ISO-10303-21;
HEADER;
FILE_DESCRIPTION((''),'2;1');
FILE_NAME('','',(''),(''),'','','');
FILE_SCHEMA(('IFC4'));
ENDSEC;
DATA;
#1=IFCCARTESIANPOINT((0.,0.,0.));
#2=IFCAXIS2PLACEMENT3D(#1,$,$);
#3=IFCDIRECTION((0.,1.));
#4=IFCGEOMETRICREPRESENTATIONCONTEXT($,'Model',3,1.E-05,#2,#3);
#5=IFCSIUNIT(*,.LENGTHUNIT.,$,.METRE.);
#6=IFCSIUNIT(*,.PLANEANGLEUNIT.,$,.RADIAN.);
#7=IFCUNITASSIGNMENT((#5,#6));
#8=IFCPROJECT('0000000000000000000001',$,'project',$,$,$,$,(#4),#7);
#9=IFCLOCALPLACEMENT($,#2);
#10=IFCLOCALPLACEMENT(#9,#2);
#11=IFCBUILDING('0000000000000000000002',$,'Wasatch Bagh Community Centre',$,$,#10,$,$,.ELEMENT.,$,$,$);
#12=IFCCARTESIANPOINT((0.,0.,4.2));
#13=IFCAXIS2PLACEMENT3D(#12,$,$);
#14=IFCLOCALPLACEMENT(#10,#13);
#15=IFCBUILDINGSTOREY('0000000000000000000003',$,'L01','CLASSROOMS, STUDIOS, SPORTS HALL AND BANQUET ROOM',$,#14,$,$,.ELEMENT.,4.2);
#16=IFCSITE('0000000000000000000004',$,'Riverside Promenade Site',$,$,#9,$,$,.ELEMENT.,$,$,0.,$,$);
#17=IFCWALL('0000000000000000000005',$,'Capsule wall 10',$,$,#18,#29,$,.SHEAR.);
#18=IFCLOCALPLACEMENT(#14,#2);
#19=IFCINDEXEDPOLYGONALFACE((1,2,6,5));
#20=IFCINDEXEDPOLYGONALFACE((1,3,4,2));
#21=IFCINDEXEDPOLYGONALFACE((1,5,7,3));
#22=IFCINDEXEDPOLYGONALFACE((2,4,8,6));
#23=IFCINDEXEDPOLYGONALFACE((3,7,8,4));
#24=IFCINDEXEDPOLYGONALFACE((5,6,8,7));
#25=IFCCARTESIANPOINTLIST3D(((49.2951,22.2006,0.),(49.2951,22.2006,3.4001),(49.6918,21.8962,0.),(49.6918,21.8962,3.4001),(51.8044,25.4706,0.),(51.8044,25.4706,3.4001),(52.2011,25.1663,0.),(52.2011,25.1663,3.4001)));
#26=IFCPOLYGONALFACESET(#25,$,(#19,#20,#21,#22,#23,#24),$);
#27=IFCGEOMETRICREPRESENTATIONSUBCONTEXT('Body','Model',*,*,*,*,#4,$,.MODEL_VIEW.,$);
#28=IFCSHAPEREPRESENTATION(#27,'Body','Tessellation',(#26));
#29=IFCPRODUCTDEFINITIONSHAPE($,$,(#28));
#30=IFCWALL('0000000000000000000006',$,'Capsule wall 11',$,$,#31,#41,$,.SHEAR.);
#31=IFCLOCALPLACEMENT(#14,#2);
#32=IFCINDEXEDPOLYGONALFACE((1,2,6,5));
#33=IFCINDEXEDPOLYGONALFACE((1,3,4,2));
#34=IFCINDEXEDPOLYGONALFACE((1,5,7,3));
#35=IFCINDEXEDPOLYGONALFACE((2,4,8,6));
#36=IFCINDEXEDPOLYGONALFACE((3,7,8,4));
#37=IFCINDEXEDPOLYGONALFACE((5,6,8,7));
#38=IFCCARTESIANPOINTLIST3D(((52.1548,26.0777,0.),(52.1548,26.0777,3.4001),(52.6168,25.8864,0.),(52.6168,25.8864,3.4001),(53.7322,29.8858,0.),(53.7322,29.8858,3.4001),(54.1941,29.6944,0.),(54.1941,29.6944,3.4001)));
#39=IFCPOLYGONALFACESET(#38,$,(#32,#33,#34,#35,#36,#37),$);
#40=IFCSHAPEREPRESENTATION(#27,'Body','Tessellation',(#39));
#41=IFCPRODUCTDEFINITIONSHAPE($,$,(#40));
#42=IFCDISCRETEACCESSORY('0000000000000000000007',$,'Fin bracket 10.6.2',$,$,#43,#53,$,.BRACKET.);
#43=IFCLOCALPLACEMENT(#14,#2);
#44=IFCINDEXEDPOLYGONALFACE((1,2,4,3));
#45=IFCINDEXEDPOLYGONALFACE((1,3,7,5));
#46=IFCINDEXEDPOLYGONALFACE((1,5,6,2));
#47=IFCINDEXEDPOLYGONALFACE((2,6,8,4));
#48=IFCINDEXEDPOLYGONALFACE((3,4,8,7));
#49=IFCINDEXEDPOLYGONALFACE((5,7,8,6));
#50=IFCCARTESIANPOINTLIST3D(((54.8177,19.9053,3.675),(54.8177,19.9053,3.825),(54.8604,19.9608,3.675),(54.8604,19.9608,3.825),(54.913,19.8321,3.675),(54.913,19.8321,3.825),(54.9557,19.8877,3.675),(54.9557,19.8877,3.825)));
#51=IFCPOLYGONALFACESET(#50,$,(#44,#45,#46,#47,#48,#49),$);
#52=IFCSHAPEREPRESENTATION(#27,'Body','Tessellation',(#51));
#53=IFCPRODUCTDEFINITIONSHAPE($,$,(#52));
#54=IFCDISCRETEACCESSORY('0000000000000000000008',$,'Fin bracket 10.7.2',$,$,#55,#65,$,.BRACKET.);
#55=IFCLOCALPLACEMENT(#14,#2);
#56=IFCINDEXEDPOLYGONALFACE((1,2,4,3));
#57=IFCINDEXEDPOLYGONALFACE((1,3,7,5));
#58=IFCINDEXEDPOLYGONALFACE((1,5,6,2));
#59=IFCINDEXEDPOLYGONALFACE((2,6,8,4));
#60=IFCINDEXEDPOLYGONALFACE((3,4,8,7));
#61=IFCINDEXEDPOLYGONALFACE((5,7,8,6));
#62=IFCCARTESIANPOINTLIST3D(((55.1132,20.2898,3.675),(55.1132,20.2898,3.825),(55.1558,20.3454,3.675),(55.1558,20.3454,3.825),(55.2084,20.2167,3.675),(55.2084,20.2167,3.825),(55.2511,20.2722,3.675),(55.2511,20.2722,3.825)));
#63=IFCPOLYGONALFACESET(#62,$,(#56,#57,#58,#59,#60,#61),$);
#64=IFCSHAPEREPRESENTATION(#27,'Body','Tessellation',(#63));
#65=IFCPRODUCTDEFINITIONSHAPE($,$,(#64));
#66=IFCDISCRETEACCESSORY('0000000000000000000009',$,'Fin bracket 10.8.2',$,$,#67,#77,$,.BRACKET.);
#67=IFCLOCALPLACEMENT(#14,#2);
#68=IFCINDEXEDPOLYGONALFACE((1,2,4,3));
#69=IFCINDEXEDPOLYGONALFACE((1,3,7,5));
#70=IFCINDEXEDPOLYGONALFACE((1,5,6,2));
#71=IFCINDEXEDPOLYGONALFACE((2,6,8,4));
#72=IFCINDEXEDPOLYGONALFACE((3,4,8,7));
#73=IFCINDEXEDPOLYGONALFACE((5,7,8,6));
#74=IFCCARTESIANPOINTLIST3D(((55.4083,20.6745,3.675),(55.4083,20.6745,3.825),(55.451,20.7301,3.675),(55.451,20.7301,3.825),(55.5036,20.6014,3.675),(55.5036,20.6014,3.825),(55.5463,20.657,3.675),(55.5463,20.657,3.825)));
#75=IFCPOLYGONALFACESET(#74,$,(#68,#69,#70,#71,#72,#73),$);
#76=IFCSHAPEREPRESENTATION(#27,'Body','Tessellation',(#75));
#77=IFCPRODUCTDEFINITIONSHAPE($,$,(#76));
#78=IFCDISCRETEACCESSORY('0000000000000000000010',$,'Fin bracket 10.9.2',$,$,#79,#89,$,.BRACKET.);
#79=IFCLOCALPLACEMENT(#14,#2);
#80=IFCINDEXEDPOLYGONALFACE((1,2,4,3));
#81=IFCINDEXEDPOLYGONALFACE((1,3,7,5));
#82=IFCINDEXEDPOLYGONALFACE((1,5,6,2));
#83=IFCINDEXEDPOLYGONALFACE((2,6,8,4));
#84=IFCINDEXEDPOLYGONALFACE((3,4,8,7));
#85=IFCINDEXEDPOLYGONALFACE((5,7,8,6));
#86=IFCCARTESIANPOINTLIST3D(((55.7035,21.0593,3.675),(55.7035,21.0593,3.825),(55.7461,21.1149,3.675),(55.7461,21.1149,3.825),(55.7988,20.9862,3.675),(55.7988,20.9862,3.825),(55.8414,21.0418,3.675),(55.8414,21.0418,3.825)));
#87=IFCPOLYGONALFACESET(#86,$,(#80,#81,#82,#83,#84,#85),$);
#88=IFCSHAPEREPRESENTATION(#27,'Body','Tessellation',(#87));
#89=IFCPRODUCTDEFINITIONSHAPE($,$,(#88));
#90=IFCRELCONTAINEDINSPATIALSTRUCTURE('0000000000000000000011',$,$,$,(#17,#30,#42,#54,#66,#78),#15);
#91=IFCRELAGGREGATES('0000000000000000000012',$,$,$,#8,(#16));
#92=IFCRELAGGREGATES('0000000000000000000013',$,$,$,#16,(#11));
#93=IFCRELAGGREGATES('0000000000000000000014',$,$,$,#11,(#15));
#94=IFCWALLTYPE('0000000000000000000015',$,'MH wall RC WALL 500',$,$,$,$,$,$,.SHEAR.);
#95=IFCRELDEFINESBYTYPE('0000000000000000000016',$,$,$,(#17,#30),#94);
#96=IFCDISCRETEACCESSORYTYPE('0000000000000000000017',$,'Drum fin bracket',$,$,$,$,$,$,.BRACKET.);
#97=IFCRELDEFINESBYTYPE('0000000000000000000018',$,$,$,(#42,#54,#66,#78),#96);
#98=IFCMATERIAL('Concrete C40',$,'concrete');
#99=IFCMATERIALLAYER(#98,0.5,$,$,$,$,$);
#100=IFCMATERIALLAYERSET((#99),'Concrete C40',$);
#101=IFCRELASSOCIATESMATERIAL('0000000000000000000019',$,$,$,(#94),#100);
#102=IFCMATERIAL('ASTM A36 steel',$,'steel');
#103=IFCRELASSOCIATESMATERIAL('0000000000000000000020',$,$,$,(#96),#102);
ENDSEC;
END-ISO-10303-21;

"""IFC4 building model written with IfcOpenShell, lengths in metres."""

from ifc_helpers import new_model, si_unit, direction, frame, frame_2d, origin, origin_2d, place, context, subcontext, project, spatial, rectangle, extrude, material, layer, layer_set, type_object, element, save


model = new_model("IFC4")

# Units and contexts
model_context = context("Model", 3, precision=1e-05, world=origin(), true_north=direction((0.0, 1.0)))
body_context = subcontext(model_context, "Body", "Model", "MODEL_VIEW")
ifc_project = project(units=[si_unit("LENGTHUNIT", "METRE"), si_unit("PLANEANGLEUNIT", "RADIAN")], contexts=[model_context])

# Site, building, storey
site_placement = place(None, origin())
site = spatial("IfcSite", under=ifc_project, at=site_placement, Name="Riverside Promenade Site", CompositionType="ELEMENT", RefElevation=0.0)
building_placement = place(site_placement, origin())
building = spatial("IfcBuilding", under=site, at=building_placement, Name="Wasatch Bagh Community Centre", CompositionType="ELEMENT")
storey_placement = place(building_placement, frame((0.0, 0.0, 4.2)))
storey = spatial("IfcBuildingStorey", under=building, at=storey_placement, Name="L01", Description="CLASSROOMS, STUDIOS, SPORTS HALL AND BANQUET ROOM", CompositionType="ELEMENT", Elevation=4.2)

# Shared definitions
ifc_material_1 = material(Name="Concrete C40", Category="concrete")

# Walls
ifc_layer_1 = layer(ifc_material_1, 0.5)
ifc_layer_set_1 = layer_set([ifc_layer_1], Name="Concrete C40")
wall_type_1 = type_object("IfcWallType", Name="MH wall RC WALL 500", PredefinedType="SHEAR", material=ifc_layer_set_1)
for number, where, z_axis, x_axis, name in (
    (1, (49.4934, 22.0483, 0.0), (0.0, 0.0, 1.0), (0.608777, 0.793341, 0.0), "Capsule wall 10"),
    (2, (52.3857, 25.9819, 0.0), (0.0, 0.0, 1.0), (0.382688, 0.923878, 0.0), "Capsule wall 11"),
):
    element("IfcWall", number, at=place(storey_placement, frame(where, z_axis=z_axis, x_axis=x_axis)), inside=storey, type_object=wall_type_1, Name=name, PredefinedType="SHEAR", context=body_context, shape_type="SweptSolid", body=[
        extrude(rectangle(XDim=4.1218, YDim=0.5, at=frame_2d((2.061, 0.0))), origin(), (0.0, 0.0, 1.0), 3.4001),
    ])

# Discrete accessories
ifc_material_2 = material(Name="ASTM A36 steel", Category="steel")
discrete_accessory_type = type_object("IfcDiscreteAccessoryType", Name="Drum fin bracket", PredefinedType="BRACKET", material=ifc_material_2)
for number, where, z_axis, x_axis, name in (
    (3, (54.8867, 19.8965, 3.675), (0.0, 0.0, 1.0), (0.608761, 0.793353, 0.0), "Fin bracket 10.6.2"),
    (4, (55.1821, 20.281, 3.675), (0.0, 0.0, 1.0), (0.608761, 0.793353, 0.0), "Fin bracket 10.7.2"),
    (5, (55.4773, 20.6658, 3.675), (0.0, 0.0, 1.0), (0.608761, 0.793353, 0.0), "Fin bracket 10.8.2"),
    (6, (55.7725, 21.0505, 3.675), (0.0, 0.0, 1.0), (0.608761, 0.793353, 0.0), "Fin bracket 10.9.2"),
):
    element("IfcDiscreteAccessory", number, at=place(storey_placement, frame(where, z_axis=z_axis, x_axis=x_axis)), inside=storey, type_object=discrete_accessory_type, Name=name, PredefinedType="BRACKET", context=body_context, shape_type="SweptSolid", body=[
        extrude(rectangle(XDim=0.0701, YDim=0.1201, at=origin_2d()), origin(), (0.0, 0.0, 1.0), 0.1499),
    ])

save(model, "model.ifc")
